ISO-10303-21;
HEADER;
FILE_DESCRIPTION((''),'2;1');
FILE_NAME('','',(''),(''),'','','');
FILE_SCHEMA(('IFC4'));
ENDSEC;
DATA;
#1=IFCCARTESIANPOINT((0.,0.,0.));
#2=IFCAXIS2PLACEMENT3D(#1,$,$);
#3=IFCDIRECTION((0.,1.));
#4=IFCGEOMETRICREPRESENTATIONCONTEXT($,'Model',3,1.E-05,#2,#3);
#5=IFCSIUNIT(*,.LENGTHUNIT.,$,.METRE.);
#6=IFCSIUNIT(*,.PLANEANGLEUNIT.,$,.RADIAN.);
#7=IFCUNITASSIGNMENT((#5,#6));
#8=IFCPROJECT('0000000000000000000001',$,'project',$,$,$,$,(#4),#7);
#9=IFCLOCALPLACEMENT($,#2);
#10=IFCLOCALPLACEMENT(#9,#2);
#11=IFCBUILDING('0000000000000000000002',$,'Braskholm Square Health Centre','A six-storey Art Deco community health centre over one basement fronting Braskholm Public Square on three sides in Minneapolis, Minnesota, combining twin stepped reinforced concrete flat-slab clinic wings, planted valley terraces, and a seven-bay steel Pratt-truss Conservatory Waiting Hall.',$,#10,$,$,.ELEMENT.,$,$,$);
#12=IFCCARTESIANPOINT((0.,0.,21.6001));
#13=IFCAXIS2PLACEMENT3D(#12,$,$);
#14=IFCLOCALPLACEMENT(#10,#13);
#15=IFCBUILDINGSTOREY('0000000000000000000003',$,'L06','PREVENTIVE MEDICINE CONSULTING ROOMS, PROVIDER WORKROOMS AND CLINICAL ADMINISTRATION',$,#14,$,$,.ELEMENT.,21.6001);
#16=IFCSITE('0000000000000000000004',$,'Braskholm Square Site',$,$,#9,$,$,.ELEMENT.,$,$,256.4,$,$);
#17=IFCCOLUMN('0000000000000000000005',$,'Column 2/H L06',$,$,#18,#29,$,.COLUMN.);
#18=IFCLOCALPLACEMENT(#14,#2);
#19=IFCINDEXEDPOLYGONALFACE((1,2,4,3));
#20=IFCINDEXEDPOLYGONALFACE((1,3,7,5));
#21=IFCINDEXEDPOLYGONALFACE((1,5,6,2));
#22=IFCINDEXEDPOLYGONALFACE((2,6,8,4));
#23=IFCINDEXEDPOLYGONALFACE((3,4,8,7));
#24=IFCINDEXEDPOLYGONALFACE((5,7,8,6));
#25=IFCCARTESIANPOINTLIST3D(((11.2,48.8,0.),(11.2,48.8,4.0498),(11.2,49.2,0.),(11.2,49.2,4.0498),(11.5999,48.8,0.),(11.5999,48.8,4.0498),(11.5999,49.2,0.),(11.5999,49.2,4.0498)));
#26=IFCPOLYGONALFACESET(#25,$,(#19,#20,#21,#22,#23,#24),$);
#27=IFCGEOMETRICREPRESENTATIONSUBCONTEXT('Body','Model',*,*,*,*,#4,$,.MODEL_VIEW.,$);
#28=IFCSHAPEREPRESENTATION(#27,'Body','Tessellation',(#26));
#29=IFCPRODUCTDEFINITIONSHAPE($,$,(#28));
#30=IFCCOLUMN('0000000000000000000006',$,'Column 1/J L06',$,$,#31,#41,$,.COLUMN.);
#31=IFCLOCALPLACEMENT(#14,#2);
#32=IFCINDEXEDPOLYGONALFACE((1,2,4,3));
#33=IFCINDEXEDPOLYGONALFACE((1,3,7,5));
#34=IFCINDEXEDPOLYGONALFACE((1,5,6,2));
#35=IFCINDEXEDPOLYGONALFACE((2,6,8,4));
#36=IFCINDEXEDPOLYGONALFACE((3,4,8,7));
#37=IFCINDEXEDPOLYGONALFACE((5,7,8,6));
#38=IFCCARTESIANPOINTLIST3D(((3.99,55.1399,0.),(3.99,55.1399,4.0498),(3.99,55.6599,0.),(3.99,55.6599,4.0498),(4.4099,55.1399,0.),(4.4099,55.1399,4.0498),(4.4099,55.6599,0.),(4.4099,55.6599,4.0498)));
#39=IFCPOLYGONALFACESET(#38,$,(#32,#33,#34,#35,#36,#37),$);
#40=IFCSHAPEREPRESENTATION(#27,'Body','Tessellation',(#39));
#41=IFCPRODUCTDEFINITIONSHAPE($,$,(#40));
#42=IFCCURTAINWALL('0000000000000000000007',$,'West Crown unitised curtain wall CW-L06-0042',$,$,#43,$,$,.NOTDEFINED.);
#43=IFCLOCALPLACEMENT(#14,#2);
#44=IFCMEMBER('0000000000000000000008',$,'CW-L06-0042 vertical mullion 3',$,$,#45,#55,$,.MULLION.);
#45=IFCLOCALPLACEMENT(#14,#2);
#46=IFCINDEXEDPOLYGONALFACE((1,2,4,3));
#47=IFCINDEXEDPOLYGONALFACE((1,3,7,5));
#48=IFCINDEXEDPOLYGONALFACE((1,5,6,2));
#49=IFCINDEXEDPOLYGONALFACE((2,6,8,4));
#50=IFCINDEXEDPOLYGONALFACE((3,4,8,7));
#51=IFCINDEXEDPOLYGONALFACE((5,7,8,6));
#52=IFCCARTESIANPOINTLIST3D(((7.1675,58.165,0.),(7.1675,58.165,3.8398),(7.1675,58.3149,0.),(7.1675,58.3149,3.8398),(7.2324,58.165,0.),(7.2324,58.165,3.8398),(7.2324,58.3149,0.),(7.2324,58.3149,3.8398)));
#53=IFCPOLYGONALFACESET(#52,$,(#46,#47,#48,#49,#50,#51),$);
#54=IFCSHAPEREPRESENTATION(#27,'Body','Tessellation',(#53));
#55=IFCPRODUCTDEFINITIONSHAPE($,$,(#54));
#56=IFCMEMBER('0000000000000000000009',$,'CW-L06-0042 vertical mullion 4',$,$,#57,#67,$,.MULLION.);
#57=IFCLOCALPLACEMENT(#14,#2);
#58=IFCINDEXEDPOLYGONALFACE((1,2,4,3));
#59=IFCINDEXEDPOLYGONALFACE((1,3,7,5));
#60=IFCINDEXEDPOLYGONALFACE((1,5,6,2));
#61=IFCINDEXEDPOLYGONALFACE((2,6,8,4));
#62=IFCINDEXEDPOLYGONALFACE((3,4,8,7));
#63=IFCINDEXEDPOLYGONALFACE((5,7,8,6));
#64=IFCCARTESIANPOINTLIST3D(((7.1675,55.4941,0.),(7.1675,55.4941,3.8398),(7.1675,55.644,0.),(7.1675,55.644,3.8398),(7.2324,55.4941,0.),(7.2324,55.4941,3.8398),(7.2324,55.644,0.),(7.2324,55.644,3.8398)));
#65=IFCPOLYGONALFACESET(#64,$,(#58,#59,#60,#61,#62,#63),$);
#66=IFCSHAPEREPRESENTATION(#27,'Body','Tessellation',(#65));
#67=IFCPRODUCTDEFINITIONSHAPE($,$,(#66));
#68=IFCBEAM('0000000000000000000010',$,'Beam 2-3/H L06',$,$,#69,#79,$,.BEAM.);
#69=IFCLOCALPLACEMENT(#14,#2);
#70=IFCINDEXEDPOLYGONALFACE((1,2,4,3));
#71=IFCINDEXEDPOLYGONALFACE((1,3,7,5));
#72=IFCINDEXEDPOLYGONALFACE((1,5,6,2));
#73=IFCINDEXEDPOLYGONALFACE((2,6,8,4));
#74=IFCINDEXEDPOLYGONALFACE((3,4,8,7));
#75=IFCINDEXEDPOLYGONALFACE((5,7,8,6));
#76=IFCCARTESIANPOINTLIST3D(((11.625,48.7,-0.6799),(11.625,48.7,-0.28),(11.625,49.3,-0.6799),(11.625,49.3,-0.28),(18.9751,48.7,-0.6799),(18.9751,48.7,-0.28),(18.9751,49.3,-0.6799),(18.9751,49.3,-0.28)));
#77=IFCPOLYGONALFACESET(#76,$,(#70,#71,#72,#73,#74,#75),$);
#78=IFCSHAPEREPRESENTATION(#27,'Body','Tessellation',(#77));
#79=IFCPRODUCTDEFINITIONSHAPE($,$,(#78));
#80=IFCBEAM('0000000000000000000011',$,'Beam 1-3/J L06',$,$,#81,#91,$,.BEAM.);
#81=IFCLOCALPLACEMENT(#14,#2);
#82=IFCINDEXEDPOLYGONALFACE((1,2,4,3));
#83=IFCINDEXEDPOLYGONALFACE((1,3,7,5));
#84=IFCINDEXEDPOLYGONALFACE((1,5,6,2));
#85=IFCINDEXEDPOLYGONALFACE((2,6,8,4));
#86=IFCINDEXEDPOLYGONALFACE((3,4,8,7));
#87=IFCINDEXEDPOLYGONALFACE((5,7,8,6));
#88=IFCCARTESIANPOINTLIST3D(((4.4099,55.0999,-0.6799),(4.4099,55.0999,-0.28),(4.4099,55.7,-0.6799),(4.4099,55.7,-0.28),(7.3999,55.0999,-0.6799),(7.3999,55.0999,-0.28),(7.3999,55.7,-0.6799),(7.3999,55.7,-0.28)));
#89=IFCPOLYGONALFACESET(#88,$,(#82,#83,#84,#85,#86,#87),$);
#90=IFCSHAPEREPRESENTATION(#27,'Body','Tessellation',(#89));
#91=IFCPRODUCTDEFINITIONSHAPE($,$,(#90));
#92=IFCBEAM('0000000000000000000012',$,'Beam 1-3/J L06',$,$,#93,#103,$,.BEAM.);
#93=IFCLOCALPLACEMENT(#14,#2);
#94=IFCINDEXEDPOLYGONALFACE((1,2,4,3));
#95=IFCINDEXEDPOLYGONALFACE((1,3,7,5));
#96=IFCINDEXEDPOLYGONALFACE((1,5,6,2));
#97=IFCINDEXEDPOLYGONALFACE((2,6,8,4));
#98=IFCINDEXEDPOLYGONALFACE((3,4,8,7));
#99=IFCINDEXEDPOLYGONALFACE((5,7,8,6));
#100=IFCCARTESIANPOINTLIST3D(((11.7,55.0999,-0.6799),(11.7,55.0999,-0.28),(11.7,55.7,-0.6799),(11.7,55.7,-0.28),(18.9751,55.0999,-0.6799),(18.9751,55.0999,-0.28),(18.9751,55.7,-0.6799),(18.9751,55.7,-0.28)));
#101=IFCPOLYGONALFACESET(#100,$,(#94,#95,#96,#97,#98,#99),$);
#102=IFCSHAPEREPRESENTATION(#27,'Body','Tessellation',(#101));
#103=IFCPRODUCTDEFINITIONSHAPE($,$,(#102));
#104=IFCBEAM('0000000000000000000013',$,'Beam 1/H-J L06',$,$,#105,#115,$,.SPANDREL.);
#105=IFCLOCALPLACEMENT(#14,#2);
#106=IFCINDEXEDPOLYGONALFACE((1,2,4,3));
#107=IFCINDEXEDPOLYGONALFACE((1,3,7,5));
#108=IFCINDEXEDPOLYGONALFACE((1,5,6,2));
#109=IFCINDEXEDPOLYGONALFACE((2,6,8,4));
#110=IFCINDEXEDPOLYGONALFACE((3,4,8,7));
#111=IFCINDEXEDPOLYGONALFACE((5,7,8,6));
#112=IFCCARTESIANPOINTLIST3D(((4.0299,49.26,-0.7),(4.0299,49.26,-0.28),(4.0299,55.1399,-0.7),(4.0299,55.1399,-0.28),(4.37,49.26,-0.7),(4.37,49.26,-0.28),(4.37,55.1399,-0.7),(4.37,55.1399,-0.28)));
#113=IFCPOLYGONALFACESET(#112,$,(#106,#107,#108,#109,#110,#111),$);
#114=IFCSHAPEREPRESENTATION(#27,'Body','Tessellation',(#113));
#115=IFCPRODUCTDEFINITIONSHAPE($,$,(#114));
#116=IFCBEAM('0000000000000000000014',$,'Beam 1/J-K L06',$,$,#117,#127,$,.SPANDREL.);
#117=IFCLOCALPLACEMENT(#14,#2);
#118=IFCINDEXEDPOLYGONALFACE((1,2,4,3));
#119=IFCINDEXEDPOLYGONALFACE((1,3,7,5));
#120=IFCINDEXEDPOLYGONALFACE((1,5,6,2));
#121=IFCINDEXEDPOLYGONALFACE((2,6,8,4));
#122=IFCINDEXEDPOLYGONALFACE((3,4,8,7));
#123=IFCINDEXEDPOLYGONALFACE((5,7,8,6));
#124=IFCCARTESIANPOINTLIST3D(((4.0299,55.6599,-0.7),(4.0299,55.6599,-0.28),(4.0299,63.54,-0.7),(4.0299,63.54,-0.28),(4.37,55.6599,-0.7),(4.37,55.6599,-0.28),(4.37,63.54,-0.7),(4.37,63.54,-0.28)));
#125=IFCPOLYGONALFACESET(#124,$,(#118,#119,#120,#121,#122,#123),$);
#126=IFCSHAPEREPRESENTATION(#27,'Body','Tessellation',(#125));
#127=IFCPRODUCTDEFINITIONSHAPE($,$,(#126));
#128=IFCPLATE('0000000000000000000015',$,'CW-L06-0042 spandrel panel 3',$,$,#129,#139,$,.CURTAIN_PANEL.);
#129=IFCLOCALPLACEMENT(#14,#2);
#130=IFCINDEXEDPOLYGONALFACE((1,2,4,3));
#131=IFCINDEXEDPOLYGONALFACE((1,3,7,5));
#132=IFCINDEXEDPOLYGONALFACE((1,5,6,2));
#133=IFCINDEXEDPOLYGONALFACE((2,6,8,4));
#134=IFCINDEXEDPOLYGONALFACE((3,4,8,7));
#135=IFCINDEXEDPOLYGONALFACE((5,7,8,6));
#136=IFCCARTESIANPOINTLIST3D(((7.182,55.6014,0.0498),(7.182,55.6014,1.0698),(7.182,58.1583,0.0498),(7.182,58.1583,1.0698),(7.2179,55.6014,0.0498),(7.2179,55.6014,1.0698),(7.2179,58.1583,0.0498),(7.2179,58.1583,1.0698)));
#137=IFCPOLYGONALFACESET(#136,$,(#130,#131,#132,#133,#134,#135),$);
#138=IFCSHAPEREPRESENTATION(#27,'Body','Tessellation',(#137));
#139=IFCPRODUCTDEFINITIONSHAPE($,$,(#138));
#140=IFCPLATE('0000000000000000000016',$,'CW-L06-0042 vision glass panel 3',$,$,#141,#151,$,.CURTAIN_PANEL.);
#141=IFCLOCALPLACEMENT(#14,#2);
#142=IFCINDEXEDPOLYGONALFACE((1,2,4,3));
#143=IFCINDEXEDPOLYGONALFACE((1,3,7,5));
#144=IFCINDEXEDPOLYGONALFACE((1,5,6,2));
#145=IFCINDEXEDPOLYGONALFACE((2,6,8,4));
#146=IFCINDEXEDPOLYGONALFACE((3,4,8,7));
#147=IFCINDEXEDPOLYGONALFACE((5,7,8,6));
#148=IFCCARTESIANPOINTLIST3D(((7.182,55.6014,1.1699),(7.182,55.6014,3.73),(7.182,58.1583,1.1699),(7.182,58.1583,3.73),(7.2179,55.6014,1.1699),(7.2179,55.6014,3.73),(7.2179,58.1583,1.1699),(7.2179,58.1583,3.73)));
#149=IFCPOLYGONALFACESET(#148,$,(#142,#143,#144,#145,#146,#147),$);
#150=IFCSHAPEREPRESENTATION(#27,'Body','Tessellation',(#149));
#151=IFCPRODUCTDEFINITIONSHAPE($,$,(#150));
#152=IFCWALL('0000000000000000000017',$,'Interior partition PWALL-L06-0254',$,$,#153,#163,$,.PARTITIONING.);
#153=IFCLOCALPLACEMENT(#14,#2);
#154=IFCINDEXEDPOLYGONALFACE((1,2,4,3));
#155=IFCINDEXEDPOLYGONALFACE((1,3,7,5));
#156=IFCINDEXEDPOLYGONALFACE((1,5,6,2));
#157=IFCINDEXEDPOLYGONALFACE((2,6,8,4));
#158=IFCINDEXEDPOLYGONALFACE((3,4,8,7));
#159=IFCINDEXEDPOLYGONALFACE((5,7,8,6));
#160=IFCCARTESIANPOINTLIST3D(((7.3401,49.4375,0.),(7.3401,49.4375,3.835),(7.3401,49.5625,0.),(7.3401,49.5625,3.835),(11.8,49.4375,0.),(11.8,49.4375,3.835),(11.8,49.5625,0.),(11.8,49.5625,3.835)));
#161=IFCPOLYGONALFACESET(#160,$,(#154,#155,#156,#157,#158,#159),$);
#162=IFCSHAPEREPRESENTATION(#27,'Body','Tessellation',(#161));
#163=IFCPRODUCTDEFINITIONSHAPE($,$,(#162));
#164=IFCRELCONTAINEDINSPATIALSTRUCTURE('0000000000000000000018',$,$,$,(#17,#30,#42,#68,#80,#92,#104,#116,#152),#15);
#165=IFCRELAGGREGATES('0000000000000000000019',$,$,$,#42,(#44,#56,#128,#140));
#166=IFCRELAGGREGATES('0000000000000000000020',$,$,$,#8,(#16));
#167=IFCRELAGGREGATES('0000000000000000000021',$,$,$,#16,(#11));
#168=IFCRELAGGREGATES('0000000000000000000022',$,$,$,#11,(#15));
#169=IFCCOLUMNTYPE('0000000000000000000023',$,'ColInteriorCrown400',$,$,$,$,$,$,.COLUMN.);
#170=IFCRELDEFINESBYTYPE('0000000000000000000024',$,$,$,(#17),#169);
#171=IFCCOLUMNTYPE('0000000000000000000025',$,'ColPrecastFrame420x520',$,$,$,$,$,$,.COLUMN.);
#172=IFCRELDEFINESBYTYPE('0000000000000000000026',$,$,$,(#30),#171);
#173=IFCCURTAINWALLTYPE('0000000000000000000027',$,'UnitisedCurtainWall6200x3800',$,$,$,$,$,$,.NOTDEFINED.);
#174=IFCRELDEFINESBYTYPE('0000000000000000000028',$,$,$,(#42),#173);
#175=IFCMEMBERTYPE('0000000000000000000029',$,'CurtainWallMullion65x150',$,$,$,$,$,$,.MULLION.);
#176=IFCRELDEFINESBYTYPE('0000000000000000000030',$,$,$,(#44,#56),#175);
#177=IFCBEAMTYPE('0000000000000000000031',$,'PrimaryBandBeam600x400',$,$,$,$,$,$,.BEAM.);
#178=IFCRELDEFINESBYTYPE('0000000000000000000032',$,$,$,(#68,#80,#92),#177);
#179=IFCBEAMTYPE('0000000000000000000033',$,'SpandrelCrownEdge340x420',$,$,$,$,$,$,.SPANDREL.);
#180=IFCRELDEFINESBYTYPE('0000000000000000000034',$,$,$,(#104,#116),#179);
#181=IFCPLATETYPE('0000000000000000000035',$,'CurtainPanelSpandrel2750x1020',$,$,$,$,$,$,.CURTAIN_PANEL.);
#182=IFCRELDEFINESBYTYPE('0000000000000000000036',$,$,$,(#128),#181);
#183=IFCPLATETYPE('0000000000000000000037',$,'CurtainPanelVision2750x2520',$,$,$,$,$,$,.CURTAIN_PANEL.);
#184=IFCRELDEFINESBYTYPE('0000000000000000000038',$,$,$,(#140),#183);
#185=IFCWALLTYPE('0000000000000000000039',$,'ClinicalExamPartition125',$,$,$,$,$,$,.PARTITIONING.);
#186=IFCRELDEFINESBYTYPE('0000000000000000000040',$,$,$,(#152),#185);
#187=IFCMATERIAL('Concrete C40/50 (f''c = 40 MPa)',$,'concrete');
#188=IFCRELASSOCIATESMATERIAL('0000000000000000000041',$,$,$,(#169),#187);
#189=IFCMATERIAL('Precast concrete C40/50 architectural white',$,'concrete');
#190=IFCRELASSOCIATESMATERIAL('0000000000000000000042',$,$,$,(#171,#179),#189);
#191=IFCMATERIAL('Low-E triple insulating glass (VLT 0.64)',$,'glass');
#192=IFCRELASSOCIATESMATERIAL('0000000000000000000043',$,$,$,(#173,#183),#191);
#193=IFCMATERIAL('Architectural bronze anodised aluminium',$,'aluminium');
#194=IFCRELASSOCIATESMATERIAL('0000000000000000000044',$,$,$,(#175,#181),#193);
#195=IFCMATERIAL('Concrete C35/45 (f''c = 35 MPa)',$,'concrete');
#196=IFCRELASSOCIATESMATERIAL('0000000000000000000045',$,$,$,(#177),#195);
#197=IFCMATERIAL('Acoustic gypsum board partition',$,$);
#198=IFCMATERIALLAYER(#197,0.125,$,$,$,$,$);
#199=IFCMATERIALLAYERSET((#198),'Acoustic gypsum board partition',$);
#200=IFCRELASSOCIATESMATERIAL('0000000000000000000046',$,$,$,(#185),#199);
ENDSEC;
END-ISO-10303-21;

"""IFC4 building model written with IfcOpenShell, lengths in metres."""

from ifc_helpers import new_model, si_unit, direction, frame, frame_2d, origin, origin_2d, place, context, subcontext, project, spatial, rectangle, extrude, material, layer, layer_set, material_profile, profile_set, type_object, element, aggregate, save


model = new_model("IFC4")

# Units and contexts
model_context = context("Model", 3, precision=1e-05, world=origin(), true_north=direction((0.0, 1.0)))
body_context = subcontext(model_context, "Body", "Model", "MODEL_VIEW")
ifc_project = project(units=[si_unit("LENGTHUNIT", "METRE"), si_unit("PLANEANGLEUNIT", "RADIAN")], contexts=[model_context])

# Site, building, storey
site_placement = place(None, origin())
site = spatial("IfcSite", under=ifc_project, at=site_placement, Name="Braskholm Square Site", CompositionType="ELEMENT", RefElevation=256.4)
building_placement = place(site_placement, origin())
building = spatial("IfcBuilding", under=site, at=building_placement, Name="Braskholm Square Health Centre", Description="A six-storey Art Deco community health centre over one basement fronting Braskholm Public Square on three sides in Minneapolis, Minnesota, combining twin stepped reinforced concrete flat-slab clinic wings, planted valley terraces, and a seven-bay steel Pratt-truss Conservatory Waiting Hall.", CompositionType="ELEMENT")
storey_placement = place(building_placement, frame((0.0, 0.0, 21.6001)))
storey = spatial("IfcBuildingStorey", under=building, at=storey_placement, Name="L06", Description="PREVENTIVE MEDICINE CONSULTING ROOMS, PROVIDER WORKROOMS AND CLINICAL ADMINISTRATION", CompositionType="ELEMENT", Elevation=21.6001)

# Columns
ifc_material_1 = material(Name="Concrete C40/50 (f'c = 40 MPa)", Category="concrete")
ifc_material_profile_1 = material_profile(ifc_material_1, rectangle(XDim=0.3999, YDim=0.3999, at=origin_2d()), Name="RC-400X400")
ifc_profile_set_1 = profile_set([ifc_material_profile_1], Name="Concrete C40/50 (f'c = 40 MPa)")
column_type_1 = type_object("IfcColumnType", Name="ColInteriorCrown400", PredefinedType="COLUMN", material=ifc_profile_set_1)
column_1_placement = place(storey_placement, frame((11.3999, 49.0, 0.0), z_axis=(0.0, 0.0, 1.0), x_axis=(1.0, 0.0, 0.0)))
element("IfcColumn", 1, at=column_1_placement, inside=storey, type_object=column_type_1, Name="Column 2/H L06", PredefinedType="COLUMN", context=body_context, shape_type="SweptSolid", body=[
    extrude(rectangle(XDim=0.3999, YDim=0.3999, at=origin_2d()), origin(), (0.0, 0.0, 1.0), 4.0498),
])
ifc_material_2 = material(Name="Precast concrete C40/50 architectural white", Category="concrete")
ifc_material_profile_2 = material_profile(ifc_material_2, rectangle(XDim=0.4199, YDim=0.52, at=origin_2d()), Name="RC-420X520")
ifc_profile_set_2 = profile_set([ifc_material_profile_2], Name="Precast concrete C40/50 architectural white")
column_type_2 = type_object("IfcColumnType", Name="ColPrecastFrame420x520", PredefinedType="COLUMN", material=ifc_profile_set_2)
column_2_placement = place(storey_placement, frame((4.2, 55.3999, 0.0), z_axis=(0.0, 0.0, 1.0), x_axis=(1.0, 0.0, 0.0)))
element("IfcColumn", 2, at=column_2_placement, inside=storey, type_object=column_type_2, Name="Column 1/J L06", PredefinedType="COLUMN", context=body_context, shape_type="SweptSolid", body=[
    extrude(rectangle(XDim=0.4199, YDim=0.52, at=origin_2d()), origin(), (0.0, 0.0, 1.0), 4.0498),
])

# Curtain wall, members
ifc_material_3 = material(Name="Low-E triple insulating glass (VLT 0.64)", Category="glass")
curtain_wall_type = type_object("IfcCurtainWallType", Name="UnitisedCurtainWall6200x3800", PredefinedType="NOTDEFINED", material=ifc_material_3)
curtain_wall_placement = place(storey_placement, origin())
curtain_wall = element("IfcCurtainWall", 3, at=curtain_wall_placement, inside=storey, type_object=curtain_wall_type, Name="West Crown unitised curtain wall CW-L06-0042", PredefinedType="NOTDEFINED")
ifc_material_4 = material(Name="Architectural bronze anodised aluminium", Category="aluminium")
ifc_material_profile_3 = material_profile(ifc_material_4, rectangle(XDim=0.0649, YDim=0.1499, at=origin_2d()), Name="ALU-65X150")
ifc_profile_set_3 = profile_set([ifc_material_profile_3], Name="Architectural bronze anodised aluminium")
member_type = type_object("IfcMemberType", Name="CurtainWallMullion65x150", PredefinedType="MULLION", material=ifc_profile_set_3)
member_1_placement = place(storey_placement, frame((7.2, 58.24, 0.0), z_axis=(0.0, 0.0, 1.0), x_axis=(1.0, 0.0, 0.0)))
member_1 = element("IfcMember", 4, at=member_1_placement, type_object=member_type, Name="CW-L06-0042 vertical mullion 3", PredefinedType="MULLION", context=body_context, shape_type="SweptSolid", body=[
    extrude(rectangle(XDim=0.0649, YDim=0.1499, at=origin_2d()), origin(), (0.0, 0.0, 1.0), 3.8398),
])
member_2_placement = place(storey_placement, frame((7.2, 55.5691, 0.0), z_axis=(0.0, 0.0, 1.0), x_axis=(1.0, 0.0, 0.0)))
member_2 = element("IfcMember", 5, at=member_2_placement, type_object=member_type, Name="CW-L06-0042 vertical mullion 4", PredefinedType="MULLION", context=body_context, shape_type="SweptSolid", body=[
    extrude(rectangle(XDim=0.0649, YDim=0.1499, at=origin_2d()), origin(), (0.0, 0.0, 1.0), 3.8398),
])

# Beams
ifc_material_5 = material(Name="Concrete C35/45 (f'c = 35 MPa)", Category="concrete")
ifc_material_profile_4 = material_profile(ifc_material_5, rectangle(XDim=0.6001, YDim=0.3999, at=origin_2d()), Name="RCB-600X400")
ifc_profile_set_4 = profile_set([ifc_material_profile_4], Name="Concrete C35/45 (f'c = 35 MPa)")
beam_type_1 = type_object("IfcBeamType", Name="PrimaryBandBeam600x400", PredefinedType="BEAM", material=ifc_profile_set_4)
beam_1_placement = place(storey_placement, frame((11.625, 49.0, -0.48), z_axis=(1.0, 0.0, 0.0), x_axis=(0.0, 1.0, 0.0)))
element("IfcBeam", 6, at=beam_1_placement, inside=storey, type_object=beam_type_1, Name="Beam 2-3/H L06", PredefinedType="BEAM", context=body_context, shape_type="SweptSolid", body=[
    extrude(rectangle(XDim=0.6001, YDim=0.3999, at=origin_2d()), origin(), (0.0, 0.0, 1.0), 7.3501),
])
beam_2_placement = place(storey_placement, frame((4.4099, 55.3999, -0.48), z_axis=(1.0, 0.0, 0.0), x_axis=(0.0, 1.0, 0.0)))
element("IfcBeam", 7, at=beam_2_placement, inside=storey, type_object=beam_type_1, Name="Beam 1-3/J L06", PredefinedType="BEAM", context=body_context, shape_type="SweptSolid", body=[
    extrude(rectangle(XDim=0.6001, YDim=0.3999, at=origin_2d()), origin(), (0.0, 0.0, 1.0), 2.99),
])
beam_3_placement = place(storey_placement, frame((11.7, 55.3999, -0.48), z_axis=(1.0, 0.0, 0.0), x_axis=(0.0, 1.0, 0.0)))
element("IfcBeam", 8, at=beam_3_placement, inside=storey, type_object=beam_type_1, Name="Beam 1-3/J L06", PredefinedType="BEAM", context=body_context, shape_type="SweptSolid", body=[
    extrude(rectangle(XDim=0.6001, YDim=0.3999, at=origin_2d()), origin(), (0.0, 0.0, 1.0), 7.2751),
])
ifc_material_profile_5 = material_profile(ifc_material_2, rectangle(XDim=0.3401, YDim=0.4199, at=origin_2d()), Name="RCB-340X420")
ifc_profile_set_5 = profile_set([ifc_material_profile_5], Name="Precast concrete C40/50 architectural white")
beam_type_2 = type_object("IfcBeamType", Name="SpandrelCrownEdge340x420", PredefinedType="SPANDREL", material=ifc_profile_set_5)
beam_4_placement = place(storey_placement, frame((4.2, 49.26, -0.49), z_axis=(0.0, 1.0, 0.0), x_axis=(-1.0, 0.0, 0.0)))
element("IfcBeam", 9, at=beam_4_placement, inside=storey, type_object=beam_type_2, Name="Beam 1/H-J L06", PredefinedType="SPANDREL", context=body_context, shape_type="SweptSolid", body=[
    extrude(rectangle(XDim=0.3401, YDim=0.4199, at=origin_2d()), origin(), (0.0, 0.0, 1.0), 5.8799),
])
beam_5_placement = place(storey_placement, frame((4.2, 55.6599, -0.49), z_axis=(0.0, 1.0, 0.0), x_axis=(-1.0, 0.0, 0.0)))
element("IfcBeam", 10, at=beam_5_placement, inside=storey, type_object=beam_type_2, Name="Beam 1/J-K L06", PredefinedType="SPANDREL", context=body_context, shape_type="SweptSolid", body=[
    extrude(rectangle(XDim=0.3401, YDim=0.4199, at=origin_2d()), origin(), (0.0, 0.0, 1.0), 7.8801),
])

# Plates
plate_type_1 = type_object("IfcPlateType", Name="CurtainPanelSpandrel2750x1020", PredefinedType="CURTAIN_PANEL", material=ifc_material_4)
plate_1_placement = place(storey_placement, frame((7.2, 56.8799, 0.0498), z_axis=(0.0, 0.0, 1.0), x_axis=(0.0, -1.0, 0.0)))
plate_1 = element("IfcPlate", 11, at=plate_1_placement, type_object=plate_type_1, Name="CW-L06-0042 spandrel panel 3", PredefinedType="CURTAIN_PANEL", context=body_context, shape_type="SweptSolid", body=[
    extrude(rectangle(XDim=2.5569, YDim=0.0359, at=origin_2d()), origin(), (0.0, 0.0, 1.0), 1.02),
])
plate_type_2 = type_object("IfcPlateType", Name="CurtainPanelVision2750x2520", PredefinedType="CURTAIN_PANEL", material=ifc_material_3)
plate_2_placement = place(storey_placement, frame((7.2, 56.8799, 1.1699), z_axis=(0.0, 0.0, 1.0), x_axis=(0.0, -1.0, 0.0)))
plate_2 = element("IfcPlate", 12, at=plate_2_placement, type_object=plate_type_2, Name="CW-L06-0042 vision glass panel 3", PredefinedType="CURTAIN_PANEL", context=body_context, shape_type="SweptSolid", body=[
    extrude(rectangle(XDim=2.5569, YDim=0.0359, at=origin_2d()), origin(), (0.0, 0.0, 1.0), 2.5601),
])
aggregate(curtain_wall, [member_1, member_2, plate_1, plate_2])

# Wall
ifc_material_6 = material(Name="Acoustic gypsum board partition")
ifc_layer_1 = layer(ifc_material_6, 0.125)
ifc_layer_set_1 = layer_set([ifc_layer_1], Name="Acoustic gypsum board partition")
wall_type_1 = type_object("IfcWallType", Name="ClinicalExamPartition125", PredefinedType="PARTITIONING", material=ifc_layer_set_1)
wall_1_placement = place(storey_placement, frame((7.3401, 49.5, 0.0), z_axis=(0.0, 0.0, 1.0), x_axis=(1.0, 0.0, 0.0)))
element("IfcWall", 13, at=wall_1_placement, inside=storey, type_object=wall_type_1, Name="Interior partition PWALL-L06-0254", PredefinedType="PARTITIONING", context=body_context, shape_type="SweptSolid", body=[
    extrude(rectangle(XDim=4.46, YDim=0.125, at=frame_2d((2.23, 0.0))), origin(), (0.0, 0.0, 1.0), 3.835),
])

save(model, "model.ifc")
